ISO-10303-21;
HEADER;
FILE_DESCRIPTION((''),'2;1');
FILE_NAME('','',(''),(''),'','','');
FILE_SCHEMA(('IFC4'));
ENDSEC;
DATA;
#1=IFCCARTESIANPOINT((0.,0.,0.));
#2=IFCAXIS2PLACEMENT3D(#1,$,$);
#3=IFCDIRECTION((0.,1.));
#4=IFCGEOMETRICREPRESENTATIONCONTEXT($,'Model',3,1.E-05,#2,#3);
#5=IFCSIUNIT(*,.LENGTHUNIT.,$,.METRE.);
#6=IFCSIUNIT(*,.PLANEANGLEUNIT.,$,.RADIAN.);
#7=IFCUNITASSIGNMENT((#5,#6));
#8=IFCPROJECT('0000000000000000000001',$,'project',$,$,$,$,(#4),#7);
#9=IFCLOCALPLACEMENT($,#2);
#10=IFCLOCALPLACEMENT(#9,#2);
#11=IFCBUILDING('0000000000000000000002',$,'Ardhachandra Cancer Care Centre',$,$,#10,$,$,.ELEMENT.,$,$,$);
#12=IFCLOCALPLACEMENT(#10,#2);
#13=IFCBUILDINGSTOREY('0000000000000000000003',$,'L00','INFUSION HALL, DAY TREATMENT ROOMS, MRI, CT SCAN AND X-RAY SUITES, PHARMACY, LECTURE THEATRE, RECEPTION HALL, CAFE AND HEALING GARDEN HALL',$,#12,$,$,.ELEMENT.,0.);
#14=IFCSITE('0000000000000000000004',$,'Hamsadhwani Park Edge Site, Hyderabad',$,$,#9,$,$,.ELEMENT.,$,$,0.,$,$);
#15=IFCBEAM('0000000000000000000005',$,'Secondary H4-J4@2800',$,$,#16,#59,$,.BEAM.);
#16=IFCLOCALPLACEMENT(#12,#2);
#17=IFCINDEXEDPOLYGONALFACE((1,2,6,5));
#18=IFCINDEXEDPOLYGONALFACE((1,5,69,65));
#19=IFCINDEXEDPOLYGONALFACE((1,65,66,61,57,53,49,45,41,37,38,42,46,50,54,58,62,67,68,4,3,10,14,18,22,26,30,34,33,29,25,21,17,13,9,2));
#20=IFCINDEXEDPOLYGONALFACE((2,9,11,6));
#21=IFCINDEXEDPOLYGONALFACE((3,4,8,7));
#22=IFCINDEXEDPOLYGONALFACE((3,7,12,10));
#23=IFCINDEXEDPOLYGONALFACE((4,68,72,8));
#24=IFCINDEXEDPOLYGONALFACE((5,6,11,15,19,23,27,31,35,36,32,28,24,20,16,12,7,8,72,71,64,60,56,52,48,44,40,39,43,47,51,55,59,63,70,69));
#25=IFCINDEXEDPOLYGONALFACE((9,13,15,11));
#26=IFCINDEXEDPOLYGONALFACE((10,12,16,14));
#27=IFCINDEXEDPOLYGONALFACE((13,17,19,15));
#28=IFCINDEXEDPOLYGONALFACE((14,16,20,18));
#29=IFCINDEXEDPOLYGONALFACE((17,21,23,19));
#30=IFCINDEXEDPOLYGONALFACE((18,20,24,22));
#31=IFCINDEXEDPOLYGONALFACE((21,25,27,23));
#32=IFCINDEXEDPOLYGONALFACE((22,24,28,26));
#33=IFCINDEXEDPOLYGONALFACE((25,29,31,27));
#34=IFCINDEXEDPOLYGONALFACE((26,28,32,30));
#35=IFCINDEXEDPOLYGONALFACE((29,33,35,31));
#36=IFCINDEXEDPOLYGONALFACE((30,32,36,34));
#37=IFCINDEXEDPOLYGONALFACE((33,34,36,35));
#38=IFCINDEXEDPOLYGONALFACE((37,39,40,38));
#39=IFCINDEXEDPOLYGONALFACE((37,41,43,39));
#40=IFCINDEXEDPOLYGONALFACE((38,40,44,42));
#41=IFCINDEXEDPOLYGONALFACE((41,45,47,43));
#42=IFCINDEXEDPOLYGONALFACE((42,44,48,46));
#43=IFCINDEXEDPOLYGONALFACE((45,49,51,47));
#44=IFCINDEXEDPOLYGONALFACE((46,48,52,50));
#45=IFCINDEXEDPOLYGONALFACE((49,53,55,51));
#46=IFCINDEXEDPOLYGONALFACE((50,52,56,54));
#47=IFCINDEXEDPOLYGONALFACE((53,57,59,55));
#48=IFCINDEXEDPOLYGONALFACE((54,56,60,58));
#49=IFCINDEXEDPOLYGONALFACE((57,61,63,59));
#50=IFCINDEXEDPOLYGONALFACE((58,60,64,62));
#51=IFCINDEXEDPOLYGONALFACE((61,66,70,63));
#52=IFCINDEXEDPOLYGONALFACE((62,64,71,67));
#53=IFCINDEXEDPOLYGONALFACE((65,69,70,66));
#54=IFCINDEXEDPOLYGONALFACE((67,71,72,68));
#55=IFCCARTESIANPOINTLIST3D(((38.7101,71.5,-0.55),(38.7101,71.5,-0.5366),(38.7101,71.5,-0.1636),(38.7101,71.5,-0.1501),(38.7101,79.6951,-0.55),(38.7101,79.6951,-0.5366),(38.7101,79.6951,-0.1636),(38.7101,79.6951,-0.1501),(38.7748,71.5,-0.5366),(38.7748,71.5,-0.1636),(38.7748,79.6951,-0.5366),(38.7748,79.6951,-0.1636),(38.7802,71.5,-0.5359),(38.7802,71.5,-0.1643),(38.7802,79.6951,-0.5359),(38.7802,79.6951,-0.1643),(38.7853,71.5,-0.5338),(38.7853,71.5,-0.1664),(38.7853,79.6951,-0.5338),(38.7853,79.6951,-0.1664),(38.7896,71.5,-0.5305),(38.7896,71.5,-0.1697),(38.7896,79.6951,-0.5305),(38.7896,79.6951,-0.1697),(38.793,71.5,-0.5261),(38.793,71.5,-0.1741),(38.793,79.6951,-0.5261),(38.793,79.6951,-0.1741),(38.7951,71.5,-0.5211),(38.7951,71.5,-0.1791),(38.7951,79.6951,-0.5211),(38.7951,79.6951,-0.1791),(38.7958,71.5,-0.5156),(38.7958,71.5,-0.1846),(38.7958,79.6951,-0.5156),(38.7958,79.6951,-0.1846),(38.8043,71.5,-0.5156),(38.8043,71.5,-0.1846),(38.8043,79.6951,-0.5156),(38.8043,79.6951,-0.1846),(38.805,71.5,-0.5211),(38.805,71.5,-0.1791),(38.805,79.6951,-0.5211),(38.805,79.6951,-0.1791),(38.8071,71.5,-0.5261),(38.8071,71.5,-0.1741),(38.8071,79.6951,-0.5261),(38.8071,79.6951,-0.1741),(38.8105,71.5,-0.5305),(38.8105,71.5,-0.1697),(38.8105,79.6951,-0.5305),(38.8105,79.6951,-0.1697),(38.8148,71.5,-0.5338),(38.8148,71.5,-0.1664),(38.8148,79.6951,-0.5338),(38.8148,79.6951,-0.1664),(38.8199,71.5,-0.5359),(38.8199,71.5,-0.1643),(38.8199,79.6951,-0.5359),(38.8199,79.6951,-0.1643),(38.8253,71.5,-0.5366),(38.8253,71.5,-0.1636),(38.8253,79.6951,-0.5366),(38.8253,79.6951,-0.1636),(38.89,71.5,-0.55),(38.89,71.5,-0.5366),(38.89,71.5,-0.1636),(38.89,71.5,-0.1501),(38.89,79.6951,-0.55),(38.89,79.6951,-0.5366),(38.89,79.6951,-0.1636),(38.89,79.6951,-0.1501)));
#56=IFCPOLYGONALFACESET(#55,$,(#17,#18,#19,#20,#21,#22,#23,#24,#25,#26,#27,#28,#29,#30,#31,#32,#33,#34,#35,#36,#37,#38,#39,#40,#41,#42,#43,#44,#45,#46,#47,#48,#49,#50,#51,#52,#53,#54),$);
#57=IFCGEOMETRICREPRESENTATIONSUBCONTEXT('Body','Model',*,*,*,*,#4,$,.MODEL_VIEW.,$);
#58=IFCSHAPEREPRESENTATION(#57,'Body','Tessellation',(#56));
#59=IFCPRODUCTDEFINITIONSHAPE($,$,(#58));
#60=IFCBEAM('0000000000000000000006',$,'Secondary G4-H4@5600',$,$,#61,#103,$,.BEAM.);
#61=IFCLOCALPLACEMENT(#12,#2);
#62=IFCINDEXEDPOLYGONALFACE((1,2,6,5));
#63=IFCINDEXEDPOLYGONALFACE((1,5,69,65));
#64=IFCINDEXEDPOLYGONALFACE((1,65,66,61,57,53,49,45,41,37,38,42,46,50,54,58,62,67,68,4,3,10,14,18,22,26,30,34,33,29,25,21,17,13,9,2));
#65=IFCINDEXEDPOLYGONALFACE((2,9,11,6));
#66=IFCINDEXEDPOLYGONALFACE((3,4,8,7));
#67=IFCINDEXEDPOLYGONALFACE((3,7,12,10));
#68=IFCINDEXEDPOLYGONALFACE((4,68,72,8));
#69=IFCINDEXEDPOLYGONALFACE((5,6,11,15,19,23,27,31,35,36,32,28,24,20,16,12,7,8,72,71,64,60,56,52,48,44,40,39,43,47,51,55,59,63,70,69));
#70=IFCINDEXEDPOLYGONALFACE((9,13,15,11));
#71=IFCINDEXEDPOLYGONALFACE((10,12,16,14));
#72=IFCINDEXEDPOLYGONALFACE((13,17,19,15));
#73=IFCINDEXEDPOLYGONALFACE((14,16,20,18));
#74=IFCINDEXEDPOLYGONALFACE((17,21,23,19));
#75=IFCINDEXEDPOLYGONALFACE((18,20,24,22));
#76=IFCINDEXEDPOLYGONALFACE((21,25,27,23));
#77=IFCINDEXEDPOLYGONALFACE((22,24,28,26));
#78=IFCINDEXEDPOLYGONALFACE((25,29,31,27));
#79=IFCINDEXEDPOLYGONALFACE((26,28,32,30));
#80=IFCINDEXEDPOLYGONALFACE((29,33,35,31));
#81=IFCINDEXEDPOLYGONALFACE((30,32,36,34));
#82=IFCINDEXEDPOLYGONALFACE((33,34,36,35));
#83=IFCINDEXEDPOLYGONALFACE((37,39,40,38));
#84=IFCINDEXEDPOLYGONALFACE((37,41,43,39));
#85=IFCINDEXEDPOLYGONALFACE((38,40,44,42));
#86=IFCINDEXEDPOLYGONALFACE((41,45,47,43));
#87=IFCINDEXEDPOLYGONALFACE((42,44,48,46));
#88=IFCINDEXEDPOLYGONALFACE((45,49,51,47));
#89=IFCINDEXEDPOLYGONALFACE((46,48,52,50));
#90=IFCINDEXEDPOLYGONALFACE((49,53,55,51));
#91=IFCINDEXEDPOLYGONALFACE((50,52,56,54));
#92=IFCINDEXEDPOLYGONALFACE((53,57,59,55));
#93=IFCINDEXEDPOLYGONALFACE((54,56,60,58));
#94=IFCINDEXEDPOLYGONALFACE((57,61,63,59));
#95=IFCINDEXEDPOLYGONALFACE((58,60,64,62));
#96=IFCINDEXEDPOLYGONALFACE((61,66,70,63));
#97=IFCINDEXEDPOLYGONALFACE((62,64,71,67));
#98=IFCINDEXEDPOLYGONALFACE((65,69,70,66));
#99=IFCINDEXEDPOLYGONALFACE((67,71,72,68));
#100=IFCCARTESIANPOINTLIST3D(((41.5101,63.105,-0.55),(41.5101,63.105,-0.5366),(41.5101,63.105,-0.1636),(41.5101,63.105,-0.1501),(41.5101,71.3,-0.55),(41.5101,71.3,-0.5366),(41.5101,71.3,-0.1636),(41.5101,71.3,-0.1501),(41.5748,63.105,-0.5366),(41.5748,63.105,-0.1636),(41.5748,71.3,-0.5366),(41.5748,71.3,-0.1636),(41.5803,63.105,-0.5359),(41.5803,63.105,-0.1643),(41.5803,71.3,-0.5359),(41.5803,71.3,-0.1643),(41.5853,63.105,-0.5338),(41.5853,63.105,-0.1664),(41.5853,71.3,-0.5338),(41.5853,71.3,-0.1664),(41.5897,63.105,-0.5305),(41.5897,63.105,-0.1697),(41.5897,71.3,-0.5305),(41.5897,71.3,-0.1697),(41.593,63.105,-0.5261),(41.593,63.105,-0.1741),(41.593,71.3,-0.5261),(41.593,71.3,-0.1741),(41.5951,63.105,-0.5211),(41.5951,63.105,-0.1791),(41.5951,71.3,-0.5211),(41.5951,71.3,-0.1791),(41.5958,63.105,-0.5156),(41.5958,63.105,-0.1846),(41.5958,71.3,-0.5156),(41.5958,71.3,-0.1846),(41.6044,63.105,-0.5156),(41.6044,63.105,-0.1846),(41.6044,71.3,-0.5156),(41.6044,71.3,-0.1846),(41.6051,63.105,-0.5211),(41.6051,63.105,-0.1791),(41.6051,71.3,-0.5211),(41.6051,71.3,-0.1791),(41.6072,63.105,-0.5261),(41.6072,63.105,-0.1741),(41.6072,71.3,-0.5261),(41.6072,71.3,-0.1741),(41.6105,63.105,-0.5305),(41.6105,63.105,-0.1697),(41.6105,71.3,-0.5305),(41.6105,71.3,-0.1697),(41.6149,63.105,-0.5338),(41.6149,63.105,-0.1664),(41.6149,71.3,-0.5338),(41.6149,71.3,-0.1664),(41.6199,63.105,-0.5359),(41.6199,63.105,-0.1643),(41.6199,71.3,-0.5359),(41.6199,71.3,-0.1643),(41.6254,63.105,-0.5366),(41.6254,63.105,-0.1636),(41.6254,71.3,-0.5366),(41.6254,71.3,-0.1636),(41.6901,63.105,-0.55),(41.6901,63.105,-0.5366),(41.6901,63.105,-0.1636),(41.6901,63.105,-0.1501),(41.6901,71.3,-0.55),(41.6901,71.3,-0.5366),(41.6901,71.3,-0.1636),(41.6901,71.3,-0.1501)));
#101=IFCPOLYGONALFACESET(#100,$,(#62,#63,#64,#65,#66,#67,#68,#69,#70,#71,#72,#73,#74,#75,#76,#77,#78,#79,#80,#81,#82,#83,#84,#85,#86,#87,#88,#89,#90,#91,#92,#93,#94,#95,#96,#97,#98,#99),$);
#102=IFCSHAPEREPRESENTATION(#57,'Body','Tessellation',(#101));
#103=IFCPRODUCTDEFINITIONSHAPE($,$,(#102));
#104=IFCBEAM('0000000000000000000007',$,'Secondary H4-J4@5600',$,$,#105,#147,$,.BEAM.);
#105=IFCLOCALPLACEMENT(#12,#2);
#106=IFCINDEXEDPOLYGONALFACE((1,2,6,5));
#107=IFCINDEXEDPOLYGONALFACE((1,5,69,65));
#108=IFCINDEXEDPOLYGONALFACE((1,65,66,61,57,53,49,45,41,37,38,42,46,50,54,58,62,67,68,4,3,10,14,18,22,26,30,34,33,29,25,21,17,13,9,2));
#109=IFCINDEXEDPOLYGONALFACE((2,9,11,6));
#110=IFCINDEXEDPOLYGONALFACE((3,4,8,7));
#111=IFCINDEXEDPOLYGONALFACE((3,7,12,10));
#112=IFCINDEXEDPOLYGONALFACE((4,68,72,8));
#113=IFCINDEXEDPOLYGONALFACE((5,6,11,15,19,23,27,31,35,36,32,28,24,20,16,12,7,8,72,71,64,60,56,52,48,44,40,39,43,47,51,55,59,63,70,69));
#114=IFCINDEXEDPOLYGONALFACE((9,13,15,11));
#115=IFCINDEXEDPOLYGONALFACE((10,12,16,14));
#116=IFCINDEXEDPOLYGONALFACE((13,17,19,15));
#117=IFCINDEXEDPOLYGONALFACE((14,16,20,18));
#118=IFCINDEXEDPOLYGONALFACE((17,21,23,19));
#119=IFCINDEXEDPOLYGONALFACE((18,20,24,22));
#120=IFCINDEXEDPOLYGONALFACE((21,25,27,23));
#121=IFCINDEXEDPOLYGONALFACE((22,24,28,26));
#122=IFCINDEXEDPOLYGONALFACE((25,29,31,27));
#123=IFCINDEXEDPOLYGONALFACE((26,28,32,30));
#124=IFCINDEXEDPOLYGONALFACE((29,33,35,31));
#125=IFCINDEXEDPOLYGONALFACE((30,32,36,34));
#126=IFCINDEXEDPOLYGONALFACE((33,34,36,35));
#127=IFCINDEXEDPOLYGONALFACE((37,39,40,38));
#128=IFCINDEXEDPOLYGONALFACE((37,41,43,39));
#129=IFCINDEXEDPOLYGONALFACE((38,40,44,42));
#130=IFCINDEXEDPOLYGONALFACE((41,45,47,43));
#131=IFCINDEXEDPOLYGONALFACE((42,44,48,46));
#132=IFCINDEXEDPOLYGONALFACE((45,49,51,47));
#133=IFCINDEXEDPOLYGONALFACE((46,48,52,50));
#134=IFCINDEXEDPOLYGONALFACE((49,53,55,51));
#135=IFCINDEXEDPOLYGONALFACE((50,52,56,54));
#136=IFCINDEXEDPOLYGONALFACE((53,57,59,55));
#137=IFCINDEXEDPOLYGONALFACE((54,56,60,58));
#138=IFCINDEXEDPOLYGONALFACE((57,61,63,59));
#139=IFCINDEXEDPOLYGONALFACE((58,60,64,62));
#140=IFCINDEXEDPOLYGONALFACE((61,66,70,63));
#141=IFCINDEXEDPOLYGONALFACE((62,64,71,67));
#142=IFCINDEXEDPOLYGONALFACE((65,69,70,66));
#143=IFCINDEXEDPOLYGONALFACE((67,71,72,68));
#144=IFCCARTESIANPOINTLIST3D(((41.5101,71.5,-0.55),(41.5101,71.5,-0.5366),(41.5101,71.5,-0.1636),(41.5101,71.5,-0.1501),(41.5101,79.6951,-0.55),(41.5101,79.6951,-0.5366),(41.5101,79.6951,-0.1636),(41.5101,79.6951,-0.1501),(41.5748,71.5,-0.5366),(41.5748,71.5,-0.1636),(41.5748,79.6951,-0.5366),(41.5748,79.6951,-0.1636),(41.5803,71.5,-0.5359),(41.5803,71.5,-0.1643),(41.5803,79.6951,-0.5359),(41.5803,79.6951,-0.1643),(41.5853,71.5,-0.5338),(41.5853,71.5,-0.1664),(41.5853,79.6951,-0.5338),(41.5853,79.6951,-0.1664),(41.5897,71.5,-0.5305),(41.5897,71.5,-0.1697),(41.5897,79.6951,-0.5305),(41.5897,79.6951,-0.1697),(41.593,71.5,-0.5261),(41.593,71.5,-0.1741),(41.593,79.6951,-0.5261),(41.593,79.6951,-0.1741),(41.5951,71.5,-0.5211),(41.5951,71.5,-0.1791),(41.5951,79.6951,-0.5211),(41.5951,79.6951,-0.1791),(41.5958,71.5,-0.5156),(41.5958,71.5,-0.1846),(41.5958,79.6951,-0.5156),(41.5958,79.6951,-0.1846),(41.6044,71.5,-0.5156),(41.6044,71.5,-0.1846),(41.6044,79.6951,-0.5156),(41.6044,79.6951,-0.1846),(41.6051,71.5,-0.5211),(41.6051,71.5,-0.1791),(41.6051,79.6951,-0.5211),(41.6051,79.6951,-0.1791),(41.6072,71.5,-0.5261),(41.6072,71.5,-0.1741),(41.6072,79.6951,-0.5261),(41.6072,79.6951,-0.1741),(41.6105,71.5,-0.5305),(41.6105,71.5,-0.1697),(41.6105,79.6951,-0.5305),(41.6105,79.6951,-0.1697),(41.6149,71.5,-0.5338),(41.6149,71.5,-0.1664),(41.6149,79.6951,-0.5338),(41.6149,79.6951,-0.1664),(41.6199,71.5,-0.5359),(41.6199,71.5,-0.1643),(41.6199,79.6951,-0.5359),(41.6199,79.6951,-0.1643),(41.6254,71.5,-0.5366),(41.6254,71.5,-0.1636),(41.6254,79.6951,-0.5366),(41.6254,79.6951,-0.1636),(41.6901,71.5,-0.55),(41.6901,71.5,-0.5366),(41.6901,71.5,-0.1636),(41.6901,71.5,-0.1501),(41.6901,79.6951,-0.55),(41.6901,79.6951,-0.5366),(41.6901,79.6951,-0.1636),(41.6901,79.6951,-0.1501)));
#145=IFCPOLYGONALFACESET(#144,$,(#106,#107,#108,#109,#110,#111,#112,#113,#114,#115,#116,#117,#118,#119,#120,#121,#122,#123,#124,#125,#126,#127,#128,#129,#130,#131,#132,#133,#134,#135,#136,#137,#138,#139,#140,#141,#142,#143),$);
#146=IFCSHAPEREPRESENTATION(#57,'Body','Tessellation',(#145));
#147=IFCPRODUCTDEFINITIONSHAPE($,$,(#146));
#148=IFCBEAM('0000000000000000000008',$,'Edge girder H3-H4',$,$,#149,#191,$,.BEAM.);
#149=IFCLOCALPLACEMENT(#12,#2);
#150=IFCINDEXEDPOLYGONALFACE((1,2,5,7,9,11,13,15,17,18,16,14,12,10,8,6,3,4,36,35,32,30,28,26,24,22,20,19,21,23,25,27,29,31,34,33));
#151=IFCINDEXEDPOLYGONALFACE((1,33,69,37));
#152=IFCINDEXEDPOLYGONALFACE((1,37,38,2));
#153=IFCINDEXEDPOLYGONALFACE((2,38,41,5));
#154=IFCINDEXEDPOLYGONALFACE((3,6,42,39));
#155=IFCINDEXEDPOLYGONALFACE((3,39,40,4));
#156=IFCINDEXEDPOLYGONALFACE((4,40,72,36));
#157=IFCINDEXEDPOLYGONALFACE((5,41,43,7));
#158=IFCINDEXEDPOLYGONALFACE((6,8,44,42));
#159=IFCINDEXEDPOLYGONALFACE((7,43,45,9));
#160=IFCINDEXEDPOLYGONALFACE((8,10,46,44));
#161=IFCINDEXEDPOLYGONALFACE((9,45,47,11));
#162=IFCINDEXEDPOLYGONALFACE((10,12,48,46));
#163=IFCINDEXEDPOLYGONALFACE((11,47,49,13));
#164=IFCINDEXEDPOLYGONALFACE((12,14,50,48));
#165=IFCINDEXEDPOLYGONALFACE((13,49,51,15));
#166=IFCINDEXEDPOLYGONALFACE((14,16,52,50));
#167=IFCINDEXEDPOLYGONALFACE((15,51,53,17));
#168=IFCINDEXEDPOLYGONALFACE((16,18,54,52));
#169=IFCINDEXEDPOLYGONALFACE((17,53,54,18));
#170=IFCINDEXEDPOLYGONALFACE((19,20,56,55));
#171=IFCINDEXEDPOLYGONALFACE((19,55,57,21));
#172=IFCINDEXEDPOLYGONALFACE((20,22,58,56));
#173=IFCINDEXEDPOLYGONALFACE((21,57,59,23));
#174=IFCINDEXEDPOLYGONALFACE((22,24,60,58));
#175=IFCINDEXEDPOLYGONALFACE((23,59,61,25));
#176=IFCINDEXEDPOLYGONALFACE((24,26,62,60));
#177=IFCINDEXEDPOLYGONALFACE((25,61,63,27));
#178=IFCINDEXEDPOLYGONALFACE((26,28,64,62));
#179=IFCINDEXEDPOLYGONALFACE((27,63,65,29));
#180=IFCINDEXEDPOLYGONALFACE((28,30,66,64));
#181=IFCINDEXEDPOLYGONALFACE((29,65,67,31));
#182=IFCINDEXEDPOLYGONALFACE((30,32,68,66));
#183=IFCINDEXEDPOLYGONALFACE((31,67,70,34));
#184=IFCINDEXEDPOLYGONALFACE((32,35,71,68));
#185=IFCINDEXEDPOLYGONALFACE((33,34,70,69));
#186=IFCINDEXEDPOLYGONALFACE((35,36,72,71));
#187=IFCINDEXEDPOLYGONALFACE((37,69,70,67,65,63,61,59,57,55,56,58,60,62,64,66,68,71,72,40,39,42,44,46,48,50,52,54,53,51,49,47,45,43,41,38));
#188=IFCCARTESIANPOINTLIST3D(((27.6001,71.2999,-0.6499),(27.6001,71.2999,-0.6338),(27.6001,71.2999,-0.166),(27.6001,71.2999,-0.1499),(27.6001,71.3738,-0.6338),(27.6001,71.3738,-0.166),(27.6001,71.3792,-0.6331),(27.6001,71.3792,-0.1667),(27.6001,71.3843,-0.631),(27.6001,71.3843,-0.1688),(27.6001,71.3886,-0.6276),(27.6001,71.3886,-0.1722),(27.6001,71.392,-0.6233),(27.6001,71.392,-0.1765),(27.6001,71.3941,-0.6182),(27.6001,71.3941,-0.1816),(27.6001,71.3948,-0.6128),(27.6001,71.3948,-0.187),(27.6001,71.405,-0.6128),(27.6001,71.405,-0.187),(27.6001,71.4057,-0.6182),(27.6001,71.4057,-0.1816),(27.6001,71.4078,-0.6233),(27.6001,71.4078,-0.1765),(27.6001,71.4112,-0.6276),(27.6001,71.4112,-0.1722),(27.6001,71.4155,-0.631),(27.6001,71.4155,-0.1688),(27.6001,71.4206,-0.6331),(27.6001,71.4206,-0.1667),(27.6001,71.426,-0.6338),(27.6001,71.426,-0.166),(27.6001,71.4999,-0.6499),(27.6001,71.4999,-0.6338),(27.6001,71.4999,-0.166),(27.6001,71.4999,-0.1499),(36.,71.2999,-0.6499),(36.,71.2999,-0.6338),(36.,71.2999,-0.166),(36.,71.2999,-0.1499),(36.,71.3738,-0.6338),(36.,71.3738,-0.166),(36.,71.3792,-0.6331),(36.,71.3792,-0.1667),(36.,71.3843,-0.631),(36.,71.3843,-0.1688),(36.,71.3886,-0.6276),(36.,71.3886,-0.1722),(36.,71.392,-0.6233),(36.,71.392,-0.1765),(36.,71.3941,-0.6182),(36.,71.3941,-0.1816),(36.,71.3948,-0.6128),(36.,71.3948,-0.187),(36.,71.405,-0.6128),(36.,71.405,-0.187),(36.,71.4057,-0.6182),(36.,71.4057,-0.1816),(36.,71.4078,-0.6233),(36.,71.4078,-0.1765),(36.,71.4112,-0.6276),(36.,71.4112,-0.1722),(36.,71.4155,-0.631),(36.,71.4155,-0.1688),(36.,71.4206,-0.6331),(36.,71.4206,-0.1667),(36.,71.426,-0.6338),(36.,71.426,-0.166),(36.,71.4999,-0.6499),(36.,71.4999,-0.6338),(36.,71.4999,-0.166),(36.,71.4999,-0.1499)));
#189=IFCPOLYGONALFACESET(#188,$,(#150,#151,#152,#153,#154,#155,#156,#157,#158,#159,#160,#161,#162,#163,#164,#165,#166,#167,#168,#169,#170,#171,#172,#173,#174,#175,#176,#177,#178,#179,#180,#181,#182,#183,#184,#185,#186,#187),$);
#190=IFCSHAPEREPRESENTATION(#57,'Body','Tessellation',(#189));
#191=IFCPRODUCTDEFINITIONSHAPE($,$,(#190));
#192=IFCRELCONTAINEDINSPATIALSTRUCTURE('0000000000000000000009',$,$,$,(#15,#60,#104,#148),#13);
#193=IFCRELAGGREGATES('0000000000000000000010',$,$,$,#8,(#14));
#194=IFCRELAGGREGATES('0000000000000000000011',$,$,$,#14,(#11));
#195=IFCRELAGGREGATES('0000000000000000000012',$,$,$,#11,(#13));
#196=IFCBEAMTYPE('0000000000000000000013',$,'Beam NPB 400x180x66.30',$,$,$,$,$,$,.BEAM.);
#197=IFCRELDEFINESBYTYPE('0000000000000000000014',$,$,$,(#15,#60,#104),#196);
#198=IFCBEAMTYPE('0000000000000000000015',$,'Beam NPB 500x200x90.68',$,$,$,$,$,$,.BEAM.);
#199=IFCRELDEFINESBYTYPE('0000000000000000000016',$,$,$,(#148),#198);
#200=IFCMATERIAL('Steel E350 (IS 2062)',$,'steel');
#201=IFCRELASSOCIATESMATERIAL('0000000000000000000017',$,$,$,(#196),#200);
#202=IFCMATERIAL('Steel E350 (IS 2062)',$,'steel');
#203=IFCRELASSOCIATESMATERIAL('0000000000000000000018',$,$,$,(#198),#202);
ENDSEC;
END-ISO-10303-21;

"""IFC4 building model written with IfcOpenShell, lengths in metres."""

from ifc_helpers import new_model, si_unit, direction, frame, origin, origin_2d, place, context, subcontext, project, spatial, i_section, extrude, material, material_profile, profile_set, type_object, element, save


model = new_model("IFC4")

# Units and contexts
model_context = context("Model", 3, precision=1e-05, world=origin(), true_north=direction((0.0, 1.0)))
body_context = subcontext(model_context, "Body", "Model", "MODEL_VIEW")
ifc_project = project(units=[si_unit("LENGTHUNIT", "METRE"), si_unit("PLANEANGLEUNIT", "RADIAN")], contexts=[model_context])

# Site, building, storey
site_placement = place(None, origin())
site = spatial("IfcSite", under=ifc_project, at=site_placement, Name="Hamsadhwani Park Edge Site, Hyderabad", CompositionType="ELEMENT", RefElevation=0.0)
building_placement = place(site_placement, origin())
building = spatial("IfcBuilding", under=site, at=building_placement, Name="Ardhachandra Cancer Care Centre", CompositionType="ELEMENT")
storey_placement = place(building_placement, origin())
storey = spatial("IfcBuildingStorey", under=building, at=storey_placement, Name="L00", Description="INFUSION HALL, DAY TREATMENT ROOMS, MRI, CT SCAN AND X-RAY SUITES, PHARMACY, LECTURE THEATRE, RECEPTION HALL, CAFE AND HEALING GARDEN HALL", CompositionType="ELEMENT", Elevation=0.0)

# Beams
ifc_material_1 = material(Name="Steel E350 (IS 2062)", Category="steel")
ifc_material_profile_1 = material_profile(ifc_material_1, i_section(OverallWidth=0.1799, OverallDepth=0.3999, WebThickness=0.0085, FlangeThickness=0.0134, FilletRadius=0.021, at=origin_2d()), Name="NPB 400x180x66.30")
ifc_profile_set_1 = profile_set([ifc_material_profile_1], Name="Steel E350 (IS 2062)")
beam_type_1 = type_object("IfcBeamType", Name="Beam NPB 400x180x66.30", PredefinedType="BEAM", material=ifc_profile_set_1)
for number, where, z_axis, x_axis, name in (
    (1, (38.8, 71.5, -0.3501), (0.0, 1.0, 0.0), (-1.0, 0.0, 0.0), "Secondary H4-J4@2800"),
    (2, (41.6001, 63.105, -0.3501), (0.0, 1.0, 0.0), (-1.0, 0.0, 0.0), "Secondary G4-H4@5600"),
    (3, (41.6001, 71.5, -0.3501), (0.0, 1.0, 0.0), (-1.0, 0.0, 0.0), "Secondary H4-J4@5600"),
):
    element("IfcBeam", number, at=place(storey_placement, frame(where, z_axis=z_axis, x_axis=x_axis)), inside=storey, type_object=beam_type_1, Name=name, PredefinedType="BEAM", context=body_context, shape_type="SweptSolid", body=[
        extrude(i_section(OverallWidth=0.1799, OverallDepth=0.3999, WebThickness=0.0085, FlangeThickness=0.0134, FilletRadius=0.021, at=origin_2d()), origin(), (0.0, 0.0, 1.0), 8.1951),
    ])
ifc_material_2 = material(Name="Steel E350 (IS 2062)", Category="steel")
ifc_material_profile_2 = material_profile(ifc_material_2, i_section(OverallWidth=0.2, OverallDepth=0.5, WebThickness=0.0103, FlangeThickness=0.0161, FilletRadius=0.021, at=origin_2d()), Name="NPB 500x200x90.68")
ifc_profile_set_2 = profile_set([ifc_material_profile_2], Name="Steel E350 (IS 2062)")
beam_type_2 = type_object("IfcBeamType", Name="Beam NPB 500x200x90.68", PredefinedType="BEAM", material=ifc_profile_set_2)
for number, where, z_axis, x_axis, name in (
    (4, (27.6001, 71.3999, -0.3999), (1.0, 0.0, 0.0), (0.0, 1.0, 0.0), "Edge girder H3-H4"),
):
    element("IfcBeam", number, at=place(storey_placement, frame(where, z_axis=z_axis, x_axis=x_axis)), inside=storey, type_object=beam_type_2, Name=name, PredefinedType="BEAM", context=body_context, shape_type="SweptSolid", body=[
        extrude(i_section(OverallWidth=0.2, OverallDepth=0.5, WebThickness=0.0103, FlangeThickness=0.0161, FilletRadius=0.021, at=origin_2d()), origin(), (0.0, 0.0, 1.0), 8.3999),
    ])

save(model, "model.ifc")
